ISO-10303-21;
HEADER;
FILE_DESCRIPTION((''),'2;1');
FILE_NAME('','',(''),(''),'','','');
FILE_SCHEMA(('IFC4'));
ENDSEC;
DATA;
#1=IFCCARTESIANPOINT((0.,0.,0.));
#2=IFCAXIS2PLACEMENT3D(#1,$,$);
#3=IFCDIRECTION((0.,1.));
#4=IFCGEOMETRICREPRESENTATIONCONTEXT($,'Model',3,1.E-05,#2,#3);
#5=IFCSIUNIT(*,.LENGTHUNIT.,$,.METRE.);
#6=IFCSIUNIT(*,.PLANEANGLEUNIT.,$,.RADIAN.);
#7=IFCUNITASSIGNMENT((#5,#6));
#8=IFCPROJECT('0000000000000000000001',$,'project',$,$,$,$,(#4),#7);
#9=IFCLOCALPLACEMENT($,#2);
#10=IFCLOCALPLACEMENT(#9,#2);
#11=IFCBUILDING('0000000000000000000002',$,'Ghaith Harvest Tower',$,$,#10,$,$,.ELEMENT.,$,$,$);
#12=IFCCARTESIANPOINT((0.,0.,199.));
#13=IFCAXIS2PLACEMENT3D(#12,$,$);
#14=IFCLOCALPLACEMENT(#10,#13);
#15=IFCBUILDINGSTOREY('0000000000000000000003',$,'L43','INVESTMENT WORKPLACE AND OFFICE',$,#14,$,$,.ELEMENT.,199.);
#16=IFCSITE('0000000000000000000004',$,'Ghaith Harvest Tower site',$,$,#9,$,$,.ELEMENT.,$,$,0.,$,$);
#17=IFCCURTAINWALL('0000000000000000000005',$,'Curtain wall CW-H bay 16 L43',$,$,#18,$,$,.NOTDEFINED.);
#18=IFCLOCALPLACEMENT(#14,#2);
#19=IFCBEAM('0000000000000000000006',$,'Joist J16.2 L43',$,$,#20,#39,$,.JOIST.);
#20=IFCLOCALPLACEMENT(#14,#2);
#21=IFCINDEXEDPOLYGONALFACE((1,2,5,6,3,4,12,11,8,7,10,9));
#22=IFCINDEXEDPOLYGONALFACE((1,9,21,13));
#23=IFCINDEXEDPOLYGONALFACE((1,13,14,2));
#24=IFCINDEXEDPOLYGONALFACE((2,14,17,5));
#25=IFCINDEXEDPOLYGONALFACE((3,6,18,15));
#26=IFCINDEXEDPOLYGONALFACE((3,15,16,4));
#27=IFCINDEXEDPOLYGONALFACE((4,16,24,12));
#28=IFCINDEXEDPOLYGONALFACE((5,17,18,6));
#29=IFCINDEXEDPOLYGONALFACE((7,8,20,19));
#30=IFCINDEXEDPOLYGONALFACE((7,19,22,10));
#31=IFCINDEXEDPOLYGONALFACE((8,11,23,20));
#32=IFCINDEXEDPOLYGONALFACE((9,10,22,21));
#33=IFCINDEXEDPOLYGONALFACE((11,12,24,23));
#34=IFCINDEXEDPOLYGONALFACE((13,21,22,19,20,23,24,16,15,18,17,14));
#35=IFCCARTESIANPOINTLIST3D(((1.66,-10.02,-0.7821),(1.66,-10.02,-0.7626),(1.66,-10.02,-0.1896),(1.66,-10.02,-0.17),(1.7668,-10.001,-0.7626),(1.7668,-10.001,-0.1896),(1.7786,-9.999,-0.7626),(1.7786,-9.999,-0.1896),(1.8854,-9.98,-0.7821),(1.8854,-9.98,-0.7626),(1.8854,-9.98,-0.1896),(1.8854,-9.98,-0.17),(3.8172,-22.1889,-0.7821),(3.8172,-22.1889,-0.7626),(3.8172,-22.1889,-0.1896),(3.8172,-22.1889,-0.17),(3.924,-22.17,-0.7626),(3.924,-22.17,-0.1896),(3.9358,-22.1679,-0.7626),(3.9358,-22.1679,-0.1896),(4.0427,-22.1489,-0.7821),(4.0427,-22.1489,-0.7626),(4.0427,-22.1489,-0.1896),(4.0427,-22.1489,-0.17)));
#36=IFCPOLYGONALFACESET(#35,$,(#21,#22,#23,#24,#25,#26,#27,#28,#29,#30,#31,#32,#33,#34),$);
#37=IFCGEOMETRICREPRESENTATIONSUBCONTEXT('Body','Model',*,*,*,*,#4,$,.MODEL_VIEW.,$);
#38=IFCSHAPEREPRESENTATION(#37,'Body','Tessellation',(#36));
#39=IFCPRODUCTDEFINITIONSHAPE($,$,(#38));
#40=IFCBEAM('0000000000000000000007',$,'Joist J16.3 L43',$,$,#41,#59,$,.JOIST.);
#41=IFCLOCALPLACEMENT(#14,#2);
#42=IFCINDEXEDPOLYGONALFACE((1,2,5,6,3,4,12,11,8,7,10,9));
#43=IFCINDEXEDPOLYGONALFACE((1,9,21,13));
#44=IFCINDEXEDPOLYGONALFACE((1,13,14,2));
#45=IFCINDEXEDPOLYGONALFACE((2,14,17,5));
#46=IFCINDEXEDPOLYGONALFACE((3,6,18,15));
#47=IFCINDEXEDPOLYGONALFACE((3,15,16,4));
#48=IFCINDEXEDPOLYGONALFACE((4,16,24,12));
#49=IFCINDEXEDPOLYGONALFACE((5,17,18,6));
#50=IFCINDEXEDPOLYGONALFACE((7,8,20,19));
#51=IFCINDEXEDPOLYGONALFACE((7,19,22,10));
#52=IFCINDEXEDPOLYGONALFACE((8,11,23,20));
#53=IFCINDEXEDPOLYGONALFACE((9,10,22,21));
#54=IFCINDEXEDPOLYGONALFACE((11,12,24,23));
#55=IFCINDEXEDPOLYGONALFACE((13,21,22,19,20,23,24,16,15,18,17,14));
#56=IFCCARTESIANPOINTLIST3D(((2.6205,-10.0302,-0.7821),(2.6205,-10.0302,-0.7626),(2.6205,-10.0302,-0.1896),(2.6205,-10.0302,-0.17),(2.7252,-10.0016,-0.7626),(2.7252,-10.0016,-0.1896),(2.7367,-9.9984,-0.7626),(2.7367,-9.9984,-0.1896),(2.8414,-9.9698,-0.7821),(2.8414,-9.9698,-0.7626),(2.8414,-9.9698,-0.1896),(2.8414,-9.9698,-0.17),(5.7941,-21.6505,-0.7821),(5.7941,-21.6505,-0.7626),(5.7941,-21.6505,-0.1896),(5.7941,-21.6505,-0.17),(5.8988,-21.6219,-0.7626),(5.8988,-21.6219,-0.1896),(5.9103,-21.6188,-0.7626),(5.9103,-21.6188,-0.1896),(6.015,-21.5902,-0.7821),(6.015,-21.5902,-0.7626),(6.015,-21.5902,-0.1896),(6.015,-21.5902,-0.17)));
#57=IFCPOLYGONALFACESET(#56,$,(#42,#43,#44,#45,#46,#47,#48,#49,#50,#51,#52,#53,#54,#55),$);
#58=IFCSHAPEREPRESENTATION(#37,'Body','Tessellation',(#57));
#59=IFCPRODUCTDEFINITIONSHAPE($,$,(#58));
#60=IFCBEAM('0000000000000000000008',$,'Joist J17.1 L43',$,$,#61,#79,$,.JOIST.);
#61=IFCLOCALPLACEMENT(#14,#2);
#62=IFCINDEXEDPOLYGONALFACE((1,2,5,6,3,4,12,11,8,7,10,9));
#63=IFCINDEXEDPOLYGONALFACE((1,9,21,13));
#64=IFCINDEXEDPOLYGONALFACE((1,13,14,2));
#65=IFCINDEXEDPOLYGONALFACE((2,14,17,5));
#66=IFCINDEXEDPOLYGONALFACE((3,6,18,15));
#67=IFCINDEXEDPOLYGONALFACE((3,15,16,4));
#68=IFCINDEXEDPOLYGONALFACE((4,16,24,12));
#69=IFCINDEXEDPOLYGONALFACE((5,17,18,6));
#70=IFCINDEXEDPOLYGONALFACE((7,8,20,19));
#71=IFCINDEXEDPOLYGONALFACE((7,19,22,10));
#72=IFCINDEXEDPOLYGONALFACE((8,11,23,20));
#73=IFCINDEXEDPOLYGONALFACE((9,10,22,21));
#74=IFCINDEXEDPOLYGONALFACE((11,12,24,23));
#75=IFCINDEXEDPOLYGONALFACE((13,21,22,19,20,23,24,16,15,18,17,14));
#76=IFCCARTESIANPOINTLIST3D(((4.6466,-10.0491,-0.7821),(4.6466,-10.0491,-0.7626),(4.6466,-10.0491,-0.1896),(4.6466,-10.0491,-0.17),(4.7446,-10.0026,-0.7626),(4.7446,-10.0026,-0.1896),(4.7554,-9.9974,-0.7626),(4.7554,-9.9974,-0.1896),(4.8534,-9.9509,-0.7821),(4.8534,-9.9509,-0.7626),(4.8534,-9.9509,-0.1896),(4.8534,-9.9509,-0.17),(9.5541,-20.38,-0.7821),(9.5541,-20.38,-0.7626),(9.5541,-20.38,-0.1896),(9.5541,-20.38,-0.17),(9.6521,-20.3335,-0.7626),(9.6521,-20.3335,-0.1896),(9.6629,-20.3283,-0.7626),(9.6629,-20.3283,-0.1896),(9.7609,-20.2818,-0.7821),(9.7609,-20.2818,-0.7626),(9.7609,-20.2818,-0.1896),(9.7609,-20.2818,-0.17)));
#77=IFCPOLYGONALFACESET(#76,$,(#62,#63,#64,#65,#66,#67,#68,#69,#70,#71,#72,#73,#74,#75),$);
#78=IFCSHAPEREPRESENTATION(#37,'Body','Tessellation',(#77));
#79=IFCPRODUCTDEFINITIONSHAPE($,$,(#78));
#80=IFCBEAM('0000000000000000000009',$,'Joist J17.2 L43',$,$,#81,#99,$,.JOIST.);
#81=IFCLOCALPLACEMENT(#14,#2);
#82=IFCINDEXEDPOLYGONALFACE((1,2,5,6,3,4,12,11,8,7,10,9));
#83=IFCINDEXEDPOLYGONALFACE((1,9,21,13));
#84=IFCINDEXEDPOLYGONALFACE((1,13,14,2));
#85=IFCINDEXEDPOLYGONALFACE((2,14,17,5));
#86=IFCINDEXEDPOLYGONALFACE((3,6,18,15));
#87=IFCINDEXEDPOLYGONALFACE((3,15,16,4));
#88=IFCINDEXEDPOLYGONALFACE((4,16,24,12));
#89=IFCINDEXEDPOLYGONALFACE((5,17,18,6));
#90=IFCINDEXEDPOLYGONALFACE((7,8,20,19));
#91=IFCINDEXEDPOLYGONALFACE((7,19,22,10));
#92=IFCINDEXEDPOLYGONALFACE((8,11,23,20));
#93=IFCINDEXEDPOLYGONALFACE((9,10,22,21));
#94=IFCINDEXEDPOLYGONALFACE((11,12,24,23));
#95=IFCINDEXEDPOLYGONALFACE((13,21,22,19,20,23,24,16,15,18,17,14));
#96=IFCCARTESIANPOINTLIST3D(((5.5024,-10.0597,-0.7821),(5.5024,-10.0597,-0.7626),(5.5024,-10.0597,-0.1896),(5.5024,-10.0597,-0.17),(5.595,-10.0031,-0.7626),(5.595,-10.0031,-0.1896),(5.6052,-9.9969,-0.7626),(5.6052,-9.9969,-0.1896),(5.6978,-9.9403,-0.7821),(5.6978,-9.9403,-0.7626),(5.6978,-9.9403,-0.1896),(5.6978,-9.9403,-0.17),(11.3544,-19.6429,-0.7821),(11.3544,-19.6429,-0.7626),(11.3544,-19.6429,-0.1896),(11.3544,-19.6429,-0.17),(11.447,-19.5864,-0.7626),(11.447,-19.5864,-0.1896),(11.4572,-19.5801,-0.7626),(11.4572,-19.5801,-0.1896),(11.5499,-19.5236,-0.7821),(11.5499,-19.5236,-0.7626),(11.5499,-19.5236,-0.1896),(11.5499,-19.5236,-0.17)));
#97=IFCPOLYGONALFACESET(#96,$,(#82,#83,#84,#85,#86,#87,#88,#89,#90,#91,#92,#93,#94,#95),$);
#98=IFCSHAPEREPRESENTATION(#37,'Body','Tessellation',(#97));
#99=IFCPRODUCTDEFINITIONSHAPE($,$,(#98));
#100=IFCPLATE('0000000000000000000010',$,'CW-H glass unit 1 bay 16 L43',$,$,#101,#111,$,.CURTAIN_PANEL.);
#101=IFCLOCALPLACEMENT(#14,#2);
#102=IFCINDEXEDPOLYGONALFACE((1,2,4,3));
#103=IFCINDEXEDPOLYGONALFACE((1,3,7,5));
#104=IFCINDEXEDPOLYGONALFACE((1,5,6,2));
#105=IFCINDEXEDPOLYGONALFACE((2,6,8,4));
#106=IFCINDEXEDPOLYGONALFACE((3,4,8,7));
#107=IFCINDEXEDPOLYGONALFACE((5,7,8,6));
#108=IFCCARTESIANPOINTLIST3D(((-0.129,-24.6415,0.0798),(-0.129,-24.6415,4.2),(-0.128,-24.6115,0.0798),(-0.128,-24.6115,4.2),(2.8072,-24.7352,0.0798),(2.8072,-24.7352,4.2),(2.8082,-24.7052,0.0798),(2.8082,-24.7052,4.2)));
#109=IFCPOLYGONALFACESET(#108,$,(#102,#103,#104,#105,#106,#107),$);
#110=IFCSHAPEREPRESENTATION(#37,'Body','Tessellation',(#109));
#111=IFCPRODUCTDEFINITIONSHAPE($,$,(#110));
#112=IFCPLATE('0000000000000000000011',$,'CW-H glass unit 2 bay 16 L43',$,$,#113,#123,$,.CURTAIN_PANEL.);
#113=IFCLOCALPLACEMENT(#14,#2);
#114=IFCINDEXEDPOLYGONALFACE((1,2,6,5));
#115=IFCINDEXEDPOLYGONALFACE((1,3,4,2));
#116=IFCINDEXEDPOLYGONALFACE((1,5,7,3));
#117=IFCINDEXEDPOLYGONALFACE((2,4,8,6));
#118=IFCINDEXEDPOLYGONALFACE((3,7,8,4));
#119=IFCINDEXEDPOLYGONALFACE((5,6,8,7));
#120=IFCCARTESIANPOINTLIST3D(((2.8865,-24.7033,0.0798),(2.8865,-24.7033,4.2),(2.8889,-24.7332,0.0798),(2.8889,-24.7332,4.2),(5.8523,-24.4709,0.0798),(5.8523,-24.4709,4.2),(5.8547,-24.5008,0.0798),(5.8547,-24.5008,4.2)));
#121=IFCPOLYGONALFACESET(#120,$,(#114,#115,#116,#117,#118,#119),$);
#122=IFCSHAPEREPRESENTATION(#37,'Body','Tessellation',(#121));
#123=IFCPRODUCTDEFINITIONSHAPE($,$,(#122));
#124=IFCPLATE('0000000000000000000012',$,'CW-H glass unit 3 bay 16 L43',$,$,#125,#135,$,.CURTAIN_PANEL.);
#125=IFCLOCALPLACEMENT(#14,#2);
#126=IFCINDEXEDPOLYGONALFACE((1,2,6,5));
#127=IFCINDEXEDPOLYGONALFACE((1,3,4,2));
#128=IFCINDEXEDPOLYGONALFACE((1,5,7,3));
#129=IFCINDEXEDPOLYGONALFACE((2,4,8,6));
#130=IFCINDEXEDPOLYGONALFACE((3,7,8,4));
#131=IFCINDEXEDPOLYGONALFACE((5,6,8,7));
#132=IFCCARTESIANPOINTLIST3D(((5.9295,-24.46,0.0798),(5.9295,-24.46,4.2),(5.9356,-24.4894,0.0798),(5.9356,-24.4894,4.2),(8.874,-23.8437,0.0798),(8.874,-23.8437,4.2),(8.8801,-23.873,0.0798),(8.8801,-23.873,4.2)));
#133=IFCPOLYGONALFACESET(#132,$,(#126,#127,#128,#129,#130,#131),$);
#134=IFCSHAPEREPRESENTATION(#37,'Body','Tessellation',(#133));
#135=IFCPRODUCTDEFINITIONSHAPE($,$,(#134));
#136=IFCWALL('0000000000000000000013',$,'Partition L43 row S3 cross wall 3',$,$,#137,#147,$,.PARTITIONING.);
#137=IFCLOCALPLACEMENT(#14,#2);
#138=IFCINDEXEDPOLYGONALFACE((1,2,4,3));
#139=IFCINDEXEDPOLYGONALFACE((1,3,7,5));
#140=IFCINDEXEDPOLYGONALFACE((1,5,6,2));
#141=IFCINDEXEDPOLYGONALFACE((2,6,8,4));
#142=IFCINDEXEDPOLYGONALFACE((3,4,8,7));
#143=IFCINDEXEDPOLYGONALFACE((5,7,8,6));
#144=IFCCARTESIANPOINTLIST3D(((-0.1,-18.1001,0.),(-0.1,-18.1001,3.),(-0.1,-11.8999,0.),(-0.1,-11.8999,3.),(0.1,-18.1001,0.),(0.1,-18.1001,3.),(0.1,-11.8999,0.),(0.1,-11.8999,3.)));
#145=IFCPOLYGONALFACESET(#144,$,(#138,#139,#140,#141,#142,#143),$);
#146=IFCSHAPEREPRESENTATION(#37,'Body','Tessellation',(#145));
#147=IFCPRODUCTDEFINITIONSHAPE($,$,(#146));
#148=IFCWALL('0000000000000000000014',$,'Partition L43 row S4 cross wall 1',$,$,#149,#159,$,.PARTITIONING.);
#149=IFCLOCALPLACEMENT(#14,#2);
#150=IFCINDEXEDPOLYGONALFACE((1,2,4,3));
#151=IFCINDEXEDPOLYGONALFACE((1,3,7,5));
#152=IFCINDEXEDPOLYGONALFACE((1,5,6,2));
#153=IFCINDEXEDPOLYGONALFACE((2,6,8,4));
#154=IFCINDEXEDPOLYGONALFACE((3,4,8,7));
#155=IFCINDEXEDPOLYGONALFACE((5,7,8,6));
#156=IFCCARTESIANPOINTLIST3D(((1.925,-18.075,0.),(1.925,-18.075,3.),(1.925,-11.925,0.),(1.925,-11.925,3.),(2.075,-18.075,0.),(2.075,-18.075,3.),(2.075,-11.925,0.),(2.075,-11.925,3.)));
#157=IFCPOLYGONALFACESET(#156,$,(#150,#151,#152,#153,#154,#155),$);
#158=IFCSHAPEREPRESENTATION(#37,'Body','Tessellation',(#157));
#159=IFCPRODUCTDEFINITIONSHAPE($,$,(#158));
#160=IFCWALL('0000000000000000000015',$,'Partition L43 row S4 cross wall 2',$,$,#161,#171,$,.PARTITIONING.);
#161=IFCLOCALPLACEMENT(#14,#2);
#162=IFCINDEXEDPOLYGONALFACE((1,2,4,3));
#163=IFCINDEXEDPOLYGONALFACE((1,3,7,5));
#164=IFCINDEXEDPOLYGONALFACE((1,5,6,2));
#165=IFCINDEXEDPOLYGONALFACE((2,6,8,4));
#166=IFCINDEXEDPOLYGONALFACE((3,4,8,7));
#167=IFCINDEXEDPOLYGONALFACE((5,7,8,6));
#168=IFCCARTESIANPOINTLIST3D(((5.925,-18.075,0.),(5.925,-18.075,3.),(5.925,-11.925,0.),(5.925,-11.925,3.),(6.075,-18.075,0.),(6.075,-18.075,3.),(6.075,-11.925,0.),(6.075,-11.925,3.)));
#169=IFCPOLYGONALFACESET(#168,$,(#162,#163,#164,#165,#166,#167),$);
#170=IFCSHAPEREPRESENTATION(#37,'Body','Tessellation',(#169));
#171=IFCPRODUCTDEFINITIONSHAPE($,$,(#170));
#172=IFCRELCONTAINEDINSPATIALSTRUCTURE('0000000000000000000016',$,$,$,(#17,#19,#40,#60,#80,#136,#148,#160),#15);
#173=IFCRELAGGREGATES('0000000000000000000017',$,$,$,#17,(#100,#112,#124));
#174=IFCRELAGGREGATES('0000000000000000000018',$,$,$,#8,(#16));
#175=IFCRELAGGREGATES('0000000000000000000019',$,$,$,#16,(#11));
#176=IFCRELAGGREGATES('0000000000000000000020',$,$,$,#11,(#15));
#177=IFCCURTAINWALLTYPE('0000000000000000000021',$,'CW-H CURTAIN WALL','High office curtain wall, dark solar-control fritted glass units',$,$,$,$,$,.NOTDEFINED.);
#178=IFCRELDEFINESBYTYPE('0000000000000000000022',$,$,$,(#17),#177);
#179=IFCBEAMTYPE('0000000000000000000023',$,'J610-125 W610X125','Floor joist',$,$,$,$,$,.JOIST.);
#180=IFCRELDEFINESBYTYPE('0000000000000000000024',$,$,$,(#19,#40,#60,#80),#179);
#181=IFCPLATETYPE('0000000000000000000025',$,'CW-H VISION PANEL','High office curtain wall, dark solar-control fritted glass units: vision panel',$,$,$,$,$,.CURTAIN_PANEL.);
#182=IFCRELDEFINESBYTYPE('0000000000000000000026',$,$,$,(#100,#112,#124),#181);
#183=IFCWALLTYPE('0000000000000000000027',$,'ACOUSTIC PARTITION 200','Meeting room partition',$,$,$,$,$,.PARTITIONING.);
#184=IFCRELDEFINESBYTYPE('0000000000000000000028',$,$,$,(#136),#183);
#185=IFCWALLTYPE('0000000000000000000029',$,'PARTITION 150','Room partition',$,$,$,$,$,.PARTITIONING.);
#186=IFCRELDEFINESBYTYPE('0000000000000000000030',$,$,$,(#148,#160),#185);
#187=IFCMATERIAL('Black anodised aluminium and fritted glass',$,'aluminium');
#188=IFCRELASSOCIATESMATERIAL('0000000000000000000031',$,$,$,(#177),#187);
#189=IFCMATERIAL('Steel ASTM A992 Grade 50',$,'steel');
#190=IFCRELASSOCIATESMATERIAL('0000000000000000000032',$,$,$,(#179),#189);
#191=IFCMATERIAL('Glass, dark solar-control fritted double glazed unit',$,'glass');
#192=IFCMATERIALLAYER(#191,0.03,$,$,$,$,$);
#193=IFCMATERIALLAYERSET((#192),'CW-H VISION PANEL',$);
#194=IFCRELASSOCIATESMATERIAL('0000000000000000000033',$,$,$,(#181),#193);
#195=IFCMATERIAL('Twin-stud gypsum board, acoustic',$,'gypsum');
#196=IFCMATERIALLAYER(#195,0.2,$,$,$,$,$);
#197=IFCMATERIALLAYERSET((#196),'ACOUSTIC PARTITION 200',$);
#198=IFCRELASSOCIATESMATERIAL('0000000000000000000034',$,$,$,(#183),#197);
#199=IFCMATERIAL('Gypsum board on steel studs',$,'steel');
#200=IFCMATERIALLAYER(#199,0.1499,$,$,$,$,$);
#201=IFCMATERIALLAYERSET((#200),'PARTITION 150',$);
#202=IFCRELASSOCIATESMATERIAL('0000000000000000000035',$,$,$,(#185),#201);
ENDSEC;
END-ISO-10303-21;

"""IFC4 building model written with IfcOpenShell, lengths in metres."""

from ifc_helpers import new_model, si_unit, direction, frame, frame_2d, origin, origin_2d, place, context, subcontext, project, spatial, rectangle, i_section, extrude, material, layer, layer_set, material_profile, profile_set, type_object, element, aggregate, save


model = new_model("IFC4")

# Units and contexts
model_context = context("Model", 3, precision=1e-05, world=origin(), true_north=direction((0.0, 1.0)))
body_context = subcontext(model_context, "Body", "Model", "MODEL_VIEW")
ifc_project = project(units=[si_unit("LENGTHUNIT", "METRE"), si_unit("PLANEANGLEUNIT", "RADIAN")], contexts=[model_context])

# Site, building, storey
site_placement = place(None, origin())
site = spatial("IfcSite", under=ifc_project, at=site_placement, Name="Ghaith Harvest Tower site", CompositionType="ELEMENT", RefElevation=0.0)
building_placement = place(site_placement, origin())
building = spatial("IfcBuilding", under=site, at=building_placement, Name="Ghaith Harvest Tower", CompositionType="ELEMENT")
storey_placement = place(building_placement, frame((0.0, 0.0, 199.0)))
storey = spatial("IfcBuildingStorey", under=building, at=storey_placement, Name="L43", Description="INVESTMENT WORKPLACE AND OFFICE", CompositionType="ELEMENT", Elevation=199.0)

# Curtain wall
ifc_material_1 = material(Name="Black anodised aluminium and fritted glass", Category="aluminium")
curtain_wall_type = type_object("IfcCurtainWallType", Name="CW-H CURTAIN WALL", Description="High office curtain wall, dark solar-control fritted glass units", PredefinedType="NOTDEFINED", material=ifc_material_1)
curtain_wall_1_placement = place(storey_placement, origin())
curtain_wall_1 = element("IfcCurtainWall", 1, at=curtain_wall_1_placement, inside=storey, type_object=curtain_wall_type, Name="Curtain wall CW-H bay 16 L43", PredefinedType="NOTDEFINED")

# Beams
ifc_material_2 = material(Name="Steel ASTM A992 Grade 50", Category="steel")
ifc_material_profile_1 = material_profile(ifc_material_2, i_section(OverallWidth=0.229, OverallDepth=0.6121, WebThickness=0.012, FlangeThickness=0.0195, at=origin_2d()), Name="W610X125")
ifc_profile_set_1 = profile_set([ifc_material_profile_1], Name="Steel ASTM A992 Grade 50")
beam_type_1 = type_object("IfcBeamType", Name="J610-125 W610X125", Description="Floor joist", PredefinedType="JOIST", material=ifc_profile_set_1)
beam_1_placement = place(storey_placement, frame((1.7727, -10.0, -0.4761), z_axis=(0.174552, -0.984648, 0.0), x_axis=(0.984648, 0.174552, 0.0)))
element("IfcBeam", 2, at=beam_1_placement, inside=storey, type_object=beam_type_1, Name="Joist J16.2 L43", PredefinedType="JOIST", context=body_context, shape_type="SweptSolid", body=[
    extrude(i_section(OverallWidth=0.229, OverallDepth=0.6121, WebThickness=0.012, FlangeThickness=0.0195, at=origin_2d()), origin(), (0.0, 0.0, 1.0), 12.3586),
])
beam_2_placement = place(storey_placement, frame((2.731, -10.0, -0.4761), z_axis=(0.263457, -0.964671, 0.0), x_axis=(0.964671, 0.263457, 0.0)))
element("IfcBeam", 3, at=beam_2_placement, inside=storey, type_object=beam_type_1, Name="Joist J16.3 L43", PredefinedType="JOIST", context=body_context, shape_type="SweptSolid", body=[
    extrude(i_section(OverallWidth=0.229, OverallDepth=0.6121, WebThickness=0.012, FlangeThickness=0.0195, at=origin_2d()), origin(), (0.0, 0.0, 1.0), 12.0459),
])
beam_3_placement = place(storey_placement, frame((4.75, -10.0, -0.4761), z_axis=(0.429081, -0.903266, 0.0), x_axis=(0.903266, 0.429081, 0.0)))
element("IfcBeam", 4, at=beam_3_placement, inside=storey, type_object=beam_type_1, Name="Joist J17.1 L43", PredefinedType="JOIST", context=body_context, shape_type="SweptSolid", body=[
    extrude(i_section(OverallWidth=0.229, OverallDepth=0.6121, WebThickness=0.012, FlangeThickness=0.0195, at=origin_2d()), origin(), (0.0, 0.0, 1.0), 11.4373),
])
beam_4_placement = place(storey_placement, frame((5.6001, -10.0, -0.4761), z_axis=(0.521166, -0.853455, 0.0), x_axis=(0.853455, 0.521166, 0.0)))
element("IfcBeam", 5, at=beam_4_placement, inside=storey, type_object=beam_type_1, Name="Joist J17.2 L43", PredefinedType="JOIST", context=body_context, shape_type="SweptSolid", body=[
    extrude(i_section(OverallWidth=0.229, OverallDepth=0.6121, WebThickness=0.012, FlangeThickness=0.0195, at=origin_2d()), origin(), (0.0, 0.0, 1.0), 11.2288),
])

# Plates
ifc_material_3 = material(Name="Glass, dark solar-control fritted double glazed unit", Category="glass")
ifc_layer_1 = layer(ifc_material_3, 0.03)
ifc_layer_set_1 = layer_set([ifc_layer_1], Name="CW-H VISION PANEL")
plate_type = type_object("IfcPlateType", Name="CW-H VISION PANEL", Description="High office curtain wall, dark solar-control fritted glass units: vision panel", PredefinedType="CURTAIN_PANEL", material=ifc_layer_set_1)
plate_1_placement = place(storey_placement, frame((1.3396, -24.6733, 0.0798), z_axis=(0.0, 0.0, 1.0), x_axis=(0.999491, -0.031894, 0.0)))
plate_1 = element("IfcPlate", 6, at=plate_1_placement, type_object=plate_type, Name="CW-H glass unit 1 bay 16 L43", PredefinedType="CURTAIN_PANEL", context=body_context, shape_type="SweptSolid", body=[
    extrude(rectangle(XDim=2.9377, YDim=0.03, at=origin_2d()), origin(), (0.0, 0.0, 1.0), 4.1201),
])
plate_2_placement = place(storey_placement, frame((4.3706, -24.6021, 0.0798), z_axis=(0.0, 0.0, 1.0), x_axis=(0.996945, 0.078101, 0.0)))
plate_2 = element("IfcPlate", 7, at=plate_2_placement, type_object=plate_type, Name="CW-H glass unit 2 bay 16 L43", PredefinedType="CURTAIN_PANEL", context=body_context, shape_type="SweptSolid", body=[
    extrude(rectangle(XDim=2.9749, YDim=0.03, at=origin_2d()), origin(), (0.0, 0.0, 1.0), 4.1201),
])
plate_3_placement = place(storey_placement, frame((7.4048, -24.1665, 0.0798), z_axis=(0.0, 0.0, 1.0), x_axis=(0.978789, 0.204872, 0.0)))
plate_3 = element("IfcPlate", 8, at=plate_3_placement, type_object=plate_type, Name="CW-H glass unit 3 bay 16 L43", PredefinedType="CURTAIN_PANEL", context=body_context, shape_type="SweptSolid", body=[
    extrude(rectangle(XDim=3.0083, YDim=0.03, at=origin_2d()), origin(), (0.0, 0.0, 1.0), 4.1201),
])
aggregate(curtain_wall_1, [plate_1, plate_2, plate_3])

# Walls
ifc_material_4 = material(Name="Twin-stud gypsum board, acoustic", Category="gypsum")
ifc_layer_2 = layer(ifc_material_4, 0.2)
ifc_layer_set_2 = layer_set([ifc_layer_2], Name="ACOUSTIC PARTITION 200")
wall_type_1 = type_object("IfcWallType", Name="ACOUSTIC PARTITION 200", Description="Meeting room partition", PredefinedType="PARTITIONING", material=ifc_layer_set_2)
wall_1_placement = place(storey_placement, frame((0.0, -11.8999, 0.0), z_axis=(0.0, 0.0, 1.0), x_axis=(0.0, -1.0, 0.0)))
element("IfcWall", 9, at=wall_1_placement, inside=storey, type_object=wall_type_1, Name="Partition L43 row S3 cross wall 3", PredefinedType="PARTITIONING", context=body_context, shape_type="SweptSolid", body=[
    extrude(rectangle(XDim=6.2002, YDim=0.2, at=frame_2d((3.1001, 0.0))), origin(), (0.0, 0.0, 1.0), 3.0),
])
ifc_material_5 = material(Name="Gypsum board on steel studs", Category="steel")
ifc_layer_3 = layer(ifc_material_5, 0.1499)
ifc_layer_set_3 = layer_set([ifc_layer_3], Name="PARTITION 150")
wall_type_2 = type_object("IfcWallType", Name="PARTITION 150", Description="Room partition", PredefinedType="PARTITIONING", material=ifc_layer_set_3)
for number, where, z_axis, x_axis, name in (
    (10, (2.0, -11.925, 0.0), (0.0, 0.0, 1.0), (0.0, -1.0, 0.0), "Partition L43 row S4 cross wall 1"),
    (11, (6.0, -11.925, 0.0), (0.0, 0.0, 1.0), (0.0, -1.0, 0.0), "Partition L43 row S4 cross wall 2"),
):
    element("IfcWall", number, at=place(storey_placement, frame(where, z_axis=z_axis, x_axis=x_axis)), inside=storey, type_object=wall_type_2, Name=name, PredefinedType="PARTITIONING", context=body_context, shape_type="SweptSolid", body=[
        extrude(rectangle(XDim=6.1499, YDim=0.1499, at=frame_2d((3.075, 0.0))), origin(), (0.0, 0.0, 1.0), 3.0),
    ])

save(model, "model.ifc")
